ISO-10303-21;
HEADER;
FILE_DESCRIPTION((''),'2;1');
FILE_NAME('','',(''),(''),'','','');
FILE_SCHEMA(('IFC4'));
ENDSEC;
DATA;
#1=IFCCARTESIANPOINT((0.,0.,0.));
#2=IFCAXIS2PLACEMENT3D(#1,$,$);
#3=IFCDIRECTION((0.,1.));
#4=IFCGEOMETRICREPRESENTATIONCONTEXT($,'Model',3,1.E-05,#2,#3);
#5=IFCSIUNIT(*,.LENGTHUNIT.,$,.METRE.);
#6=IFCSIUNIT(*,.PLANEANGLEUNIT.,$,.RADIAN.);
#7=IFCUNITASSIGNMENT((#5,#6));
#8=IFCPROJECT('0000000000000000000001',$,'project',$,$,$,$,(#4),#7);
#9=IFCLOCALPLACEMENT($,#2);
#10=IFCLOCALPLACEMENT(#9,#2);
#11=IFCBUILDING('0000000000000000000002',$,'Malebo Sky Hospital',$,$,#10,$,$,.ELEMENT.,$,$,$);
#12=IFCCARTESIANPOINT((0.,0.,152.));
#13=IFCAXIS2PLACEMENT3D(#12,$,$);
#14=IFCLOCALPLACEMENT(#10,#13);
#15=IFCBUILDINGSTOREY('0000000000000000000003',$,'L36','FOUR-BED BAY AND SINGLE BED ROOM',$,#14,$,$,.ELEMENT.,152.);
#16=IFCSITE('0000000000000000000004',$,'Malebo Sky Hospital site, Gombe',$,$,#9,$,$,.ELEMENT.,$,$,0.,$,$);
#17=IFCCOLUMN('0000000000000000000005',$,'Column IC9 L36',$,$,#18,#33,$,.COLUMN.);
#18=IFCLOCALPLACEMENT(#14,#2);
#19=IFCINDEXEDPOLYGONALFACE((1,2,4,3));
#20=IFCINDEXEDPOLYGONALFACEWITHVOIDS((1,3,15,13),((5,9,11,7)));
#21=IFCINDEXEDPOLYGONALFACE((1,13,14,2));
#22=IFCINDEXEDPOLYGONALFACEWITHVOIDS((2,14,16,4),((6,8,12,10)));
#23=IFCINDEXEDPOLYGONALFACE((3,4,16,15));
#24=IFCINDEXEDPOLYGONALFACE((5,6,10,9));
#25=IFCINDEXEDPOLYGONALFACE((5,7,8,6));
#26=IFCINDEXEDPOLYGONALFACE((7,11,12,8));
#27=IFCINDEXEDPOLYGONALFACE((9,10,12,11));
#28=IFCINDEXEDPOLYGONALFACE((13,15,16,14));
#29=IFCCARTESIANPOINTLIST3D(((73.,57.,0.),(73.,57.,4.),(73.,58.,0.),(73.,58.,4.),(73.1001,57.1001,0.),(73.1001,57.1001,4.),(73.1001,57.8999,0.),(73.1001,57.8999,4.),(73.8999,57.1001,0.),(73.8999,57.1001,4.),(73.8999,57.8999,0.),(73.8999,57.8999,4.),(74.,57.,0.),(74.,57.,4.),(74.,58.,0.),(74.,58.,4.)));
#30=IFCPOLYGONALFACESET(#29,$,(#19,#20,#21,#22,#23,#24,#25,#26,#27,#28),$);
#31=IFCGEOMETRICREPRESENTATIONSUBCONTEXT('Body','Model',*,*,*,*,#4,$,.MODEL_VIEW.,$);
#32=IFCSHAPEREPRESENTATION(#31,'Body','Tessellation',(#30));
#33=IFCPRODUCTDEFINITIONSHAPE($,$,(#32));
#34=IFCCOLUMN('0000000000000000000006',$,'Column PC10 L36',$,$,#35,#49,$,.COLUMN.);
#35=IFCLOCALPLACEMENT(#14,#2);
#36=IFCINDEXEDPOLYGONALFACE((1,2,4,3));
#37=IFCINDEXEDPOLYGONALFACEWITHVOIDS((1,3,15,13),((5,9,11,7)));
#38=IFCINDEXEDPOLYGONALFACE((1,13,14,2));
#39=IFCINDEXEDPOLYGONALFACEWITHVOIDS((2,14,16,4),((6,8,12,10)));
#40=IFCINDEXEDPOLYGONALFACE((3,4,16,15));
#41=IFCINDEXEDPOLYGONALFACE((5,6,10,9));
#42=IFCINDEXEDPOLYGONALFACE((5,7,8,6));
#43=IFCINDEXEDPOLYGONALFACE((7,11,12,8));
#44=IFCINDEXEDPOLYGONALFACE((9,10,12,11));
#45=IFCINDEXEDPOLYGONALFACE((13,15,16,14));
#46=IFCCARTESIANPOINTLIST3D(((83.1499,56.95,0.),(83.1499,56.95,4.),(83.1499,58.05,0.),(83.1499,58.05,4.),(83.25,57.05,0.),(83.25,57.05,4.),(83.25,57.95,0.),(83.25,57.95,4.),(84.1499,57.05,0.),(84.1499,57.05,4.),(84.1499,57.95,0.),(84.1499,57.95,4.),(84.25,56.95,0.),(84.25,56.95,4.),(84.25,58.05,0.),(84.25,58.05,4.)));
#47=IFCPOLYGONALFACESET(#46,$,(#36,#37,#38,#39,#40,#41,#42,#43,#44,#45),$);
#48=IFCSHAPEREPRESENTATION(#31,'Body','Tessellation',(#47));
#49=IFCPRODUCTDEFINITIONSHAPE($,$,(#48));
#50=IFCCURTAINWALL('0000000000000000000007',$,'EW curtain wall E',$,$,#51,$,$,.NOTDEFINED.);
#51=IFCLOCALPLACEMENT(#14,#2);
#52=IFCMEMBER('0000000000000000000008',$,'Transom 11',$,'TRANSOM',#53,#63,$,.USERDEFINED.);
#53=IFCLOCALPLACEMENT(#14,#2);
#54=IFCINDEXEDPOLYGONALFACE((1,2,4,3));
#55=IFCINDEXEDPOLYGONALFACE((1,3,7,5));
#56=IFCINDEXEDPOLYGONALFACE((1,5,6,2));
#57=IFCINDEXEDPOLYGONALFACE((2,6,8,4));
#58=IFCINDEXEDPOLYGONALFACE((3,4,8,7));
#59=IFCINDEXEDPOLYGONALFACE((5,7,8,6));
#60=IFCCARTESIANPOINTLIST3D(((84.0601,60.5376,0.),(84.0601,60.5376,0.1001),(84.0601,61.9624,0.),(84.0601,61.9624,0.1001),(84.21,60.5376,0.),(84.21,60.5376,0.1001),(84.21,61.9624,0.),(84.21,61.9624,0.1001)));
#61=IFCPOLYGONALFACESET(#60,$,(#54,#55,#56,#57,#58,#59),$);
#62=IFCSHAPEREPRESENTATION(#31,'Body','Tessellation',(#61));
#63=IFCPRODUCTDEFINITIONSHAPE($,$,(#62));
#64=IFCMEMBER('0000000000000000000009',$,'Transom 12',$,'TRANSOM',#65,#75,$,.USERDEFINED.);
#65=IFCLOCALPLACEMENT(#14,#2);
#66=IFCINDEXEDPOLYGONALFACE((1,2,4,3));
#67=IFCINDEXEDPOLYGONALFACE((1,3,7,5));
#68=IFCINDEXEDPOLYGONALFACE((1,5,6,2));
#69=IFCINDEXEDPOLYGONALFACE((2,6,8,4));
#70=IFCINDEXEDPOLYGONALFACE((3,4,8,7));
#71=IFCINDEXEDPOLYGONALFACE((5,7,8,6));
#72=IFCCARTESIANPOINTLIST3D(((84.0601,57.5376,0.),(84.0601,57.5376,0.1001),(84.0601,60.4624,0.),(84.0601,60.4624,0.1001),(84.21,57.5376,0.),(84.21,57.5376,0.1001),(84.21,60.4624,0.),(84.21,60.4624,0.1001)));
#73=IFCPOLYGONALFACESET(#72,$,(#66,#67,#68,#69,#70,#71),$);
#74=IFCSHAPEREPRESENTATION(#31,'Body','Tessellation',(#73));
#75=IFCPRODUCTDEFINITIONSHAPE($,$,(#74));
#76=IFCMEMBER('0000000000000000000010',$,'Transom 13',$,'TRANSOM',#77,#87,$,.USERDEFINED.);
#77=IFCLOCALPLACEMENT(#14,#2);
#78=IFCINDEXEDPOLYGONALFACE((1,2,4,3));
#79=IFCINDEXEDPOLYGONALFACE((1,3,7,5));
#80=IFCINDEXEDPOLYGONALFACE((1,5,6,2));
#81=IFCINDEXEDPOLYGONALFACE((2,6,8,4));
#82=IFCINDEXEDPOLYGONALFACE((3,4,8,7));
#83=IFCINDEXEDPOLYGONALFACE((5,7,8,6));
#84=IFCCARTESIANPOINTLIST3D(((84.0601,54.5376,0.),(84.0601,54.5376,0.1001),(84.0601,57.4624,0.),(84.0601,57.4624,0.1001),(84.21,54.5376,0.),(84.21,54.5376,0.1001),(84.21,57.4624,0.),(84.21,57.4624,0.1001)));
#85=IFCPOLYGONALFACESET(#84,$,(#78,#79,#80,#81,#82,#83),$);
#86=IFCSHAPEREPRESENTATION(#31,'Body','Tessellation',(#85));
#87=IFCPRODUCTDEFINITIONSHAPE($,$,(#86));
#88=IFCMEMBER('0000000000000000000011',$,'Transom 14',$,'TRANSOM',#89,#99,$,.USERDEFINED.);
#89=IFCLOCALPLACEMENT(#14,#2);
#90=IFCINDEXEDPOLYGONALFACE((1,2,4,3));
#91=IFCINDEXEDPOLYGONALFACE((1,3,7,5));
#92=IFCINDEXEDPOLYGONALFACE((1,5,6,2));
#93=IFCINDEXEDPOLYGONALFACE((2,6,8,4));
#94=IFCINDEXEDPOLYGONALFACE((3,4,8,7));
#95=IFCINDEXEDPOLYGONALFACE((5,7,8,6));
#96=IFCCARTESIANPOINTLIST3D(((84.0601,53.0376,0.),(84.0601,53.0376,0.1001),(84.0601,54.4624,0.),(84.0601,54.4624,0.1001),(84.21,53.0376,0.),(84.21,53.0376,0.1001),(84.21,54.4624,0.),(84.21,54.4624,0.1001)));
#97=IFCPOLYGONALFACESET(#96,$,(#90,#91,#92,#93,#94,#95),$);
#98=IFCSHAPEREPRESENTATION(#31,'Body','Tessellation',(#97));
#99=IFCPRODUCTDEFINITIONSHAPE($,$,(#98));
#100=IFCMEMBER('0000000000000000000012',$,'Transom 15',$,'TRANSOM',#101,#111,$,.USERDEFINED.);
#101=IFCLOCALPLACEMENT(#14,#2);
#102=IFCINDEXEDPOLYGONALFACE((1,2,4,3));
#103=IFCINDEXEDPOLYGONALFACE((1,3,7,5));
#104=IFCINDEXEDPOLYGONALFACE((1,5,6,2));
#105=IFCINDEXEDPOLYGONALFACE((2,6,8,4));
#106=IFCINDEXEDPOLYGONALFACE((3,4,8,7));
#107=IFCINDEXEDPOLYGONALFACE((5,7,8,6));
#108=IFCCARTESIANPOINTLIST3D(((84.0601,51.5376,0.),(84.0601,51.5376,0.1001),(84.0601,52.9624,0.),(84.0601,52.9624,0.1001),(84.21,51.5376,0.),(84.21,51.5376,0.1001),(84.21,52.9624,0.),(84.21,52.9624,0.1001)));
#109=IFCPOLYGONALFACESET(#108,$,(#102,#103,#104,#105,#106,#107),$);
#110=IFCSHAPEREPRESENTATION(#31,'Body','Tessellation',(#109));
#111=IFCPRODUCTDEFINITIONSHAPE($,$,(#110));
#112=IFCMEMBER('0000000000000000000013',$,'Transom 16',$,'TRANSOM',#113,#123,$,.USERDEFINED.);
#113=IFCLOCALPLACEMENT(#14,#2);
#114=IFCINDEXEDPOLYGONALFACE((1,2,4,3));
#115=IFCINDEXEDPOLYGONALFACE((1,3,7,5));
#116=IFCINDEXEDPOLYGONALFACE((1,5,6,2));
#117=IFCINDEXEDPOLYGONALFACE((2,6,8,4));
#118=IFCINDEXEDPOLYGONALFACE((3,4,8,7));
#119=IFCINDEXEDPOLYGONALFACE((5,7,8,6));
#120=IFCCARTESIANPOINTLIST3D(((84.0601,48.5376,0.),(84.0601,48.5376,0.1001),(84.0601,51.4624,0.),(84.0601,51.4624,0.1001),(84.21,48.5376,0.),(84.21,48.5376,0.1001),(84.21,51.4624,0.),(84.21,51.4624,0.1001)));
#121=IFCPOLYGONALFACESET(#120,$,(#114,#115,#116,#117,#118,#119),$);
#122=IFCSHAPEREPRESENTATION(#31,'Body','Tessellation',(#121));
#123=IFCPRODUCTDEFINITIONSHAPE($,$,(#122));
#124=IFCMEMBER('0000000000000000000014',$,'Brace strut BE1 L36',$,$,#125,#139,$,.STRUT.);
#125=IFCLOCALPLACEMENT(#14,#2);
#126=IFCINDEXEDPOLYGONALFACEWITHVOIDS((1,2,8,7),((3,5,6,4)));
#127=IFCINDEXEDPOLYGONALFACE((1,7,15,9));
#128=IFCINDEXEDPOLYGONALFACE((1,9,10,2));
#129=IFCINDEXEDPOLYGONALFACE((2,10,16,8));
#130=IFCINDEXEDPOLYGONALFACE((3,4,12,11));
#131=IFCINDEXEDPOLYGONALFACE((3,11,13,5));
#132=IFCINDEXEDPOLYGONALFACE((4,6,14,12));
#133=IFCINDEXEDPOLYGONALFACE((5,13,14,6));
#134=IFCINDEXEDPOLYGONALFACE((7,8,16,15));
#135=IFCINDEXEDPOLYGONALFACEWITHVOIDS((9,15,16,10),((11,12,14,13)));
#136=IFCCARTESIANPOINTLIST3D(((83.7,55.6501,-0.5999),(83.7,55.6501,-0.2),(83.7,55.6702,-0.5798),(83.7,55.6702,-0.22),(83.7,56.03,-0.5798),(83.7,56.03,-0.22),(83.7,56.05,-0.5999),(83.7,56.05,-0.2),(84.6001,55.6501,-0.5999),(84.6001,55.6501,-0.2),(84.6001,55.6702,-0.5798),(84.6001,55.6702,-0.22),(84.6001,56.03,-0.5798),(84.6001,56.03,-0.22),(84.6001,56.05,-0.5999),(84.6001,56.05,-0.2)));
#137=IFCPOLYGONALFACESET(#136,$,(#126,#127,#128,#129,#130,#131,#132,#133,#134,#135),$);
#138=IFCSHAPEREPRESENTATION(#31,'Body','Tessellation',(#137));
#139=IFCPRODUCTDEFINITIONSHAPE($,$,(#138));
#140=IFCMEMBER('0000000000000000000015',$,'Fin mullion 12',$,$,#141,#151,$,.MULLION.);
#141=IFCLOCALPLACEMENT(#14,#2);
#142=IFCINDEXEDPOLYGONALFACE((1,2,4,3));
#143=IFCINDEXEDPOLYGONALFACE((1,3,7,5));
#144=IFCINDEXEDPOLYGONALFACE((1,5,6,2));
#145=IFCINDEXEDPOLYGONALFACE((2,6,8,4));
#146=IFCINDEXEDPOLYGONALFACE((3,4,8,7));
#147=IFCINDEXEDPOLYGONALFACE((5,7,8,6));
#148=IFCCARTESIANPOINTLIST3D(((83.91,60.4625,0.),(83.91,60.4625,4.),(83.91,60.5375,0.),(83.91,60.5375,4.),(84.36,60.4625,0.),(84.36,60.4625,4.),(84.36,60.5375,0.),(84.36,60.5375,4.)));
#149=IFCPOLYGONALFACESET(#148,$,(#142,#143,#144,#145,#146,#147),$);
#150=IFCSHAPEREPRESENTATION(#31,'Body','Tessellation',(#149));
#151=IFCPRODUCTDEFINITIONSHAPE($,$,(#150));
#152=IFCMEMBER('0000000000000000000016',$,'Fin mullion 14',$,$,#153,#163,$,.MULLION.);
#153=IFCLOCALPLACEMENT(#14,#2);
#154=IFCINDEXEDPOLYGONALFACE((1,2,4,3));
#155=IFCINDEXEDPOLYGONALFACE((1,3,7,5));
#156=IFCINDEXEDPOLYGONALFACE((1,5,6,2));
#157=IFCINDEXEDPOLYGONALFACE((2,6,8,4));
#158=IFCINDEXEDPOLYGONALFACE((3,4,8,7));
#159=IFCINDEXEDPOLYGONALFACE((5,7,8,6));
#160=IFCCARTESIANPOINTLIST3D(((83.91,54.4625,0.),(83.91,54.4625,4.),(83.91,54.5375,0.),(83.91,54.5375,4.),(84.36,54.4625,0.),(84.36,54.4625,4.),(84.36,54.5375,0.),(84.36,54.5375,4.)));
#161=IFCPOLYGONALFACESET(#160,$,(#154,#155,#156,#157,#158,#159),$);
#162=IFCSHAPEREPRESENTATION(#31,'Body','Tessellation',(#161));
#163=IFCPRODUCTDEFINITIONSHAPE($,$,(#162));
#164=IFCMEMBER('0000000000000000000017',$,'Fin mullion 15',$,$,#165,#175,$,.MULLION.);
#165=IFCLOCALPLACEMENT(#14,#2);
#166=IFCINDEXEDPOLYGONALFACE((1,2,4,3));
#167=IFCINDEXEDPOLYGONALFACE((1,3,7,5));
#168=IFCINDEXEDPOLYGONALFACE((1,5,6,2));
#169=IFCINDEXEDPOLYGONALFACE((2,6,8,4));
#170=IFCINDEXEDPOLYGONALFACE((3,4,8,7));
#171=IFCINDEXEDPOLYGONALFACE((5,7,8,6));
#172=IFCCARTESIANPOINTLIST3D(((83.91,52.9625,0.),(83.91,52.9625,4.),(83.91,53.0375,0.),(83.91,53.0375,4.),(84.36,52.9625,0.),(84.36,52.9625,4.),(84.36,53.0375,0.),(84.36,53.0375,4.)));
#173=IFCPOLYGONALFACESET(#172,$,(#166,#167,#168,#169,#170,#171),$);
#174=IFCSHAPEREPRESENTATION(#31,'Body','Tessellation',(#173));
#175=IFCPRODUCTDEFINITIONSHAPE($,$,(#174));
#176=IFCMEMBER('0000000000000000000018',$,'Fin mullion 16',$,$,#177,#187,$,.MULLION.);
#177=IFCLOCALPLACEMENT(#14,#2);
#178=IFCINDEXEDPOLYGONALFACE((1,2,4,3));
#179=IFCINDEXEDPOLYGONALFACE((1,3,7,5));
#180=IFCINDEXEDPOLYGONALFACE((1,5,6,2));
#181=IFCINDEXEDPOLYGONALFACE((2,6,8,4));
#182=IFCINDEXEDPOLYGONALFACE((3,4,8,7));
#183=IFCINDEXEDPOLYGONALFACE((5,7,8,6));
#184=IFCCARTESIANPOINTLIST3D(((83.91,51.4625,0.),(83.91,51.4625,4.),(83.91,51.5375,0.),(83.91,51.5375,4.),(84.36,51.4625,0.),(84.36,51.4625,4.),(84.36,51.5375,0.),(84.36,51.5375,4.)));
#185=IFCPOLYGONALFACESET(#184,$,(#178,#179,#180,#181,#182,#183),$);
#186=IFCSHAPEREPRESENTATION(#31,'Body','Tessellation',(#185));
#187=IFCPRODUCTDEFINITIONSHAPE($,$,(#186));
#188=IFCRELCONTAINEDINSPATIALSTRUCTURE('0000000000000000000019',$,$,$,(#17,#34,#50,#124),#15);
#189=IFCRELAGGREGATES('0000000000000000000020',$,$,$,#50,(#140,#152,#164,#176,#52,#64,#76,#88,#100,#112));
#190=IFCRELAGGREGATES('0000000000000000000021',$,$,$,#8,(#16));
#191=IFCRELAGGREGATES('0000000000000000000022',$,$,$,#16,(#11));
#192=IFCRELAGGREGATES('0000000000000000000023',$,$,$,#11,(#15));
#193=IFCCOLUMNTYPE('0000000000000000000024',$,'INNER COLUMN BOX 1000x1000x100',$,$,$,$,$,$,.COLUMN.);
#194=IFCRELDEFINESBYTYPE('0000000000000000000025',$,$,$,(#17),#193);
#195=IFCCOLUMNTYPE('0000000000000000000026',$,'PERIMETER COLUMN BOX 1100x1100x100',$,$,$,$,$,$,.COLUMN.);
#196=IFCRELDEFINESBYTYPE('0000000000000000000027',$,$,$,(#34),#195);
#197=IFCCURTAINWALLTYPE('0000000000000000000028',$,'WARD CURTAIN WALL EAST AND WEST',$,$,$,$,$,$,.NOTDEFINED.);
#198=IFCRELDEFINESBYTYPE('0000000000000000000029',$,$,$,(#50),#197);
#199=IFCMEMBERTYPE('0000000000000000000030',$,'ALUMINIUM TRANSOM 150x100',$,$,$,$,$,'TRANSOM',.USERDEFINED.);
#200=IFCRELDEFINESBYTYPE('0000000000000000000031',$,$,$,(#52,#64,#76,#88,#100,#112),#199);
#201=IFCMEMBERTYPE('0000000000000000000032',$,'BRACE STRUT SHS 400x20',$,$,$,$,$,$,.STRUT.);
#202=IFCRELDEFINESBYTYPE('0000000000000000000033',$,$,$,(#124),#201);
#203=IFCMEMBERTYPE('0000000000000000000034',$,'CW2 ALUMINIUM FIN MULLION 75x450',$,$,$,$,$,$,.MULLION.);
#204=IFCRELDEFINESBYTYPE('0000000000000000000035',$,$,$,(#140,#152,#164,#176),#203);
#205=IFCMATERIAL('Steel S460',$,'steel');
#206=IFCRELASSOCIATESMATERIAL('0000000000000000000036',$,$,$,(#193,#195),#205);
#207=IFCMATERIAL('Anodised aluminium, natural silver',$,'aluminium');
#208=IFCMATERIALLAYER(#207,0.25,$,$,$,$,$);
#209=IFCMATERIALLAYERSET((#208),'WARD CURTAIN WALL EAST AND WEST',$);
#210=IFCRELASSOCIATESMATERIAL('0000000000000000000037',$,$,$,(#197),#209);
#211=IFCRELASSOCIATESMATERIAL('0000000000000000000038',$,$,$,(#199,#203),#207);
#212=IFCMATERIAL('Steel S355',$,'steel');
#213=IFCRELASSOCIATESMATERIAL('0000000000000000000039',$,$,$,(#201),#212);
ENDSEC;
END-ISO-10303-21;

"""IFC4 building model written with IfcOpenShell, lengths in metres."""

from ifc_helpers import new_model, si_unit, direction, frame, origin, origin_2d, place, context, subcontext, project, spatial, rectangle, hollow_rectangle, extrude, material, layer, layer_set, material_profile, profile_set, type_object, element, aggregate, save


model = new_model("IFC4")

# Units and contexts
model_context = context("Model", 3, precision=1e-05, world=origin(), true_north=direction((0.0, 1.0)))
body_context = subcontext(model_context, "Body", "Model", "MODEL_VIEW")
ifc_project = project(units=[si_unit("LENGTHUNIT", "METRE"), si_unit("PLANEANGLEUNIT", "RADIAN")], contexts=[model_context])

# Site, building, storey
site_placement = place(None, origin())
site = spatial("IfcSite", under=ifc_project, at=site_placement, Name="Malebo Sky Hospital site, Gombe", CompositionType="ELEMENT", RefElevation=0.0)
building_placement = place(site_placement, origin())
building = spatial("IfcBuilding", under=site, at=building_placement, Name="Malebo Sky Hospital", CompositionType="ELEMENT")
storey_placement = place(building_placement, frame((0.0, 0.0, 152.0)))
storey = spatial("IfcBuildingStorey", under=building, at=storey_placement, Name="L36", Description="FOUR-BED BAY AND SINGLE BED ROOM", CompositionType="ELEMENT", Elevation=152.0)

# Columns
ifc_material_1 = material(Name="Steel S460", Category="steel")
ifc_material_profile_1 = material_profile(ifc_material_1, hollow_rectangle(XDim=1.0, YDim=1.0, WallThickness=0.1001, at=origin_2d()), Name="BOX 1000x1000x100")
ifc_profile_set_1 = profile_set([ifc_material_profile_1], Name="Steel S460")
column_type_1 = type_object("IfcColumnType", Name="INNER COLUMN BOX 1000x1000x100", PredefinedType="COLUMN", material=ifc_profile_set_1)
column_1_placement = place(storey_placement, frame((73.5, 57.5, 0.0), z_axis=(0.0, 0.0, 1.0), x_axis=(1.0, 0.0, 0.0)))
element("IfcColumn", 1, at=column_1_placement, inside=storey, type_object=column_type_1, Name="Column IC9 L36", PredefinedType="COLUMN", context=body_context, shape_type="SweptSolid", body=[
    extrude(hollow_rectangle(XDim=1.0, YDim=1.0, WallThickness=0.1001, at=origin_2d()), origin(), (0.0, 0.0, 1.0), 4.0),
])
ifc_material_profile_2 = material_profile(ifc_material_1, hollow_rectangle(XDim=1.1001, YDim=1.1001, WallThickness=0.1001, at=origin_2d()), Name="BOX 1100x1100x100")
ifc_profile_set_2 = profile_set([ifc_material_profile_2], Name="Steel S460")
column_type_2 = type_object("IfcColumnType", Name="PERIMETER COLUMN BOX 1100x1100x100", PredefinedType="COLUMN", material=ifc_profile_set_2)
column_2_placement = place(storey_placement, frame((83.7, 57.5, 0.0), z_axis=(0.0, 0.0, 1.0), x_axis=(1.0, 0.0, 0.0)))
element("IfcColumn", 2, at=column_2_placement, inside=storey, type_object=column_type_2, Name="Column PC10 L36", PredefinedType="COLUMN", context=body_context, shape_type="SweptSolid", body=[
    extrude(hollow_rectangle(XDim=1.1001, YDim=1.1001, WallThickness=0.1001, at=origin_2d()), origin(), (0.0, 0.0, 1.0), 4.0),
])

# Curtain wall, members
ifc_material_2 = material(Name="Anodised aluminium, natural silver", Category="aluminium")
ifc_layer_1 = layer(ifc_material_2, 0.25)
ifc_layer_set_1 = layer_set([ifc_layer_1], Name="WARD CURTAIN WALL EAST AND WEST")
curtain_wall_type = type_object("IfcCurtainWallType", Name="WARD CURTAIN WALL EAST AND WEST", PredefinedType="NOTDEFINED", material=ifc_layer_set_1)
curtain_wall_placement = place(storey_placement, origin())
curtain_wall = element("IfcCurtainWall", 3, at=curtain_wall_placement, inside=storey, type_object=curtain_wall_type, Name="EW curtain wall E", PredefinedType="NOTDEFINED")
ifc_material_profile_3 = material_profile(ifc_material_2, rectangle(XDim=0.1499, YDim=0.1001, at=origin_2d()), Name="ALUMINIUM TRANSOM 150x100")
ifc_profile_set_3 = profile_set([ifc_material_profile_3], Name="Anodised aluminium, natural silver")
member_type_1 = type_object("IfcMemberType", Name="ALUMINIUM TRANSOM 150x100", ElementType="TRANSOM", PredefinedType="USERDEFINED", material=ifc_profile_set_3)
member_1_placement = place(storey_placement, frame((84.135, 61.9624, 0.05), z_axis=(0.0, -1.0, 0.0), x_axis=(1.0, 0.0, 0.0)))
member_1 = element("IfcMember", 4, at=member_1_placement, type_object=member_type_1, Name="Transom 11", ObjectType="TRANSOM", PredefinedType="USERDEFINED", context=body_context, shape_type="SweptSolid", body=[
    extrude(rectangle(XDim=0.1499, YDim=0.1001, at=origin_2d()), origin(), (0.0, 0.0, 1.0), 1.4248),
])
member_2_placement = place(storey_placement, frame((84.135, 60.4624, 0.05), z_axis=(0.0, -1.0, 0.0), x_axis=(1.0, 0.0, 0.0)))
member_2 = element("IfcMember", 5, at=member_2_placement, type_object=member_type_1, Name="Transom 12", ObjectType="TRANSOM", PredefinedType="USERDEFINED", context=body_context, shape_type="SweptSolid", body=[
    extrude(rectangle(XDim=0.1499, YDim=0.1001, at=origin_2d()), origin(), (0.0, 0.0, 1.0), 2.9248),
])
member_3_placement = place(storey_placement, frame((84.135, 57.4624, 0.05), z_axis=(0.0, -1.0, 0.0), x_axis=(1.0, 0.0, 0.0)))
member_3 = element("IfcMember", 6, at=member_3_placement, type_object=member_type_1, Name="Transom 13", ObjectType="TRANSOM", PredefinedType="USERDEFINED", context=body_context, shape_type="SweptSolid", body=[
    extrude(rectangle(XDim=0.1499, YDim=0.1001, at=origin_2d()), origin(), (0.0, 0.0, 1.0), 2.9248),
])
member_4_placement = place(storey_placement, frame((84.135, 54.4624, 0.05), z_axis=(0.0, -1.0, 0.0), x_axis=(1.0, 0.0, 0.0)))
member_4 = element("IfcMember", 7, at=member_4_placement, type_object=member_type_1, Name="Transom 14", ObjectType="TRANSOM", PredefinedType="USERDEFINED", context=body_context, shape_type="SweptSolid", body=[
    extrude(rectangle(XDim=0.1499, YDim=0.1001, at=origin_2d()), origin(), (0.0, 0.0, 1.0), 1.4248),
])
member_5_placement = place(storey_placement, frame((84.135, 52.9624, 0.05), z_axis=(0.0, -1.0, 0.0), x_axis=(1.0, 0.0, 0.0)))
member_5 = element("IfcMember", 8, at=member_5_placement, type_object=member_type_1, Name="Transom 15", ObjectType="TRANSOM", PredefinedType="USERDEFINED", context=body_context, shape_type="SweptSolid", body=[
    extrude(rectangle(XDim=0.1499, YDim=0.1001, at=origin_2d()), origin(), (0.0, 0.0, 1.0), 1.4248),
])
member_6_placement = place(storey_placement, frame((84.135, 51.4624, 0.05), z_axis=(0.0, -1.0, 0.0), x_axis=(1.0, 0.0, 0.0)))
member_6 = element("IfcMember", 9, at=member_6_placement, type_object=member_type_1, Name="Transom 16", ObjectType="TRANSOM", PredefinedType="USERDEFINED", context=body_context, shape_type="SweptSolid", body=[
    extrude(rectangle(XDim=0.1499, YDim=0.1001, at=origin_2d()), origin(), (0.0, 0.0, 1.0), 2.9248),
])

# Members
ifc_material_3 = material(Name="Steel S355", Category="steel")
ifc_material_profile_4 = material_profile(ifc_material_3, hollow_rectangle(XDim=0.3999, YDim=0.3999, WallThickness=0.02, at=origin_2d()), Name="SHS 400x20")
ifc_profile_set_4 = profile_set([ifc_material_profile_4], Name="Steel S355")
member_type_2 = type_object("IfcMemberType", Name="BRACE STRUT SHS 400x20", PredefinedType="STRUT", material=ifc_profile_set_4)
member_7_placement = place(storey_placement, frame((84.6001, 55.8501, -0.3999), z_axis=(-1.0, 0.0, 0.0), x_axis=(0.0, -1.0, 0.0)))
element("IfcMember", 10, at=member_7_placement, inside=storey, type_object=member_type_2, Name="Brace strut BE1 L36", PredefinedType="STRUT", context=body_context, shape_type="SweptSolid", body=[
    extrude(hollow_rectangle(XDim=0.3999, YDim=0.3999, WallThickness=0.02, at=origin_2d()), origin(), (0.0, 0.0, 1.0), 0.9001),
])
ifc_material_profile_5 = material_profile(ifc_material_2, rectangle(XDim=0.075, YDim=0.45, at=origin_2d()), Name="CW2 ALUMINIUM FIN MULLION 75x450")
ifc_profile_set_5 = profile_set([ifc_material_profile_5], Name="Anodised aluminium, natural silver")
member_type_3 = type_object("IfcMemberType", Name="CW2 ALUMINIUM FIN MULLION 75x450", PredefinedType="MULLION", material=ifc_profile_set_5)
member_8_placement = place(storey_placement, frame((84.135, 60.5, 0.0), z_axis=(0.0, 0.0, 1.0), x_axis=(0.0, -1.0, 0.0)))
member_8 = element("IfcMember", 11, at=member_8_placement, type_object=member_type_3, Name="Fin mullion 12", PredefinedType="MULLION", context=body_context, shape_type="SweptSolid", body=[
    extrude(rectangle(XDim=0.075, YDim=0.45, at=origin_2d()), origin(), (0.0, 0.0, 1.0), 4.0),
])
member_9_placement = place(storey_placement, frame((84.135, 54.5, 0.0), z_axis=(0.0, 0.0, 1.0), x_axis=(0.0, -1.0, 0.0)))
member_9 = element("IfcMember", 12, at=member_9_placement, type_object=member_type_3, Name="Fin mullion 14", PredefinedType="MULLION", context=body_context, shape_type="SweptSolid", body=[
    extrude(rectangle(XDim=0.075, YDim=0.45, at=origin_2d()), origin(), (0.0, 0.0, 1.0), 4.0),
])
member_10_placement = place(storey_placement, frame((84.135, 53.0, 0.0), z_axis=(0.0, 0.0, 1.0), x_axis=(0.0, -1.0, 0.0)))
member_10 = element("IfcMember", 13, at=member_10_placement, type_object=member_type_3, Name="Fin mullion 15", PredefinedType="MULLION", context=body_context, shape_type="SweptSolid", body=[
    extrude(rectangle(XDim=0.075, YDim=0.45, at=origin_2d()), origin(), (0.0, 0.0, 1.0), 4.0),
])
member_11_placement = place(storey_placement, frame((84.135, 51.5, 0.0), z_axis=(0.0, 0.0, 1.0), x_axis=(0.0, -1.0, 0.0)))
member_11 = element("IfcMember", 14, at=member_11_placement, type_object=member_type_3, Name="Fin mullion 16", PredefinedType="MULLION", context=body_context, shape_type="SweptSolid", body=[
    extrude(rectangle(XDim=0.075, YDim=0.45, at=origin_2d()), origin(), (0.0, 0.0, 1.0), 4.0),
])

aggregate(curtain_wall, [member_8, member_9, member_10, member_11, member_1, member_2, member_3, member_4, member_5, member_6])

save(model, "model.ifc")
